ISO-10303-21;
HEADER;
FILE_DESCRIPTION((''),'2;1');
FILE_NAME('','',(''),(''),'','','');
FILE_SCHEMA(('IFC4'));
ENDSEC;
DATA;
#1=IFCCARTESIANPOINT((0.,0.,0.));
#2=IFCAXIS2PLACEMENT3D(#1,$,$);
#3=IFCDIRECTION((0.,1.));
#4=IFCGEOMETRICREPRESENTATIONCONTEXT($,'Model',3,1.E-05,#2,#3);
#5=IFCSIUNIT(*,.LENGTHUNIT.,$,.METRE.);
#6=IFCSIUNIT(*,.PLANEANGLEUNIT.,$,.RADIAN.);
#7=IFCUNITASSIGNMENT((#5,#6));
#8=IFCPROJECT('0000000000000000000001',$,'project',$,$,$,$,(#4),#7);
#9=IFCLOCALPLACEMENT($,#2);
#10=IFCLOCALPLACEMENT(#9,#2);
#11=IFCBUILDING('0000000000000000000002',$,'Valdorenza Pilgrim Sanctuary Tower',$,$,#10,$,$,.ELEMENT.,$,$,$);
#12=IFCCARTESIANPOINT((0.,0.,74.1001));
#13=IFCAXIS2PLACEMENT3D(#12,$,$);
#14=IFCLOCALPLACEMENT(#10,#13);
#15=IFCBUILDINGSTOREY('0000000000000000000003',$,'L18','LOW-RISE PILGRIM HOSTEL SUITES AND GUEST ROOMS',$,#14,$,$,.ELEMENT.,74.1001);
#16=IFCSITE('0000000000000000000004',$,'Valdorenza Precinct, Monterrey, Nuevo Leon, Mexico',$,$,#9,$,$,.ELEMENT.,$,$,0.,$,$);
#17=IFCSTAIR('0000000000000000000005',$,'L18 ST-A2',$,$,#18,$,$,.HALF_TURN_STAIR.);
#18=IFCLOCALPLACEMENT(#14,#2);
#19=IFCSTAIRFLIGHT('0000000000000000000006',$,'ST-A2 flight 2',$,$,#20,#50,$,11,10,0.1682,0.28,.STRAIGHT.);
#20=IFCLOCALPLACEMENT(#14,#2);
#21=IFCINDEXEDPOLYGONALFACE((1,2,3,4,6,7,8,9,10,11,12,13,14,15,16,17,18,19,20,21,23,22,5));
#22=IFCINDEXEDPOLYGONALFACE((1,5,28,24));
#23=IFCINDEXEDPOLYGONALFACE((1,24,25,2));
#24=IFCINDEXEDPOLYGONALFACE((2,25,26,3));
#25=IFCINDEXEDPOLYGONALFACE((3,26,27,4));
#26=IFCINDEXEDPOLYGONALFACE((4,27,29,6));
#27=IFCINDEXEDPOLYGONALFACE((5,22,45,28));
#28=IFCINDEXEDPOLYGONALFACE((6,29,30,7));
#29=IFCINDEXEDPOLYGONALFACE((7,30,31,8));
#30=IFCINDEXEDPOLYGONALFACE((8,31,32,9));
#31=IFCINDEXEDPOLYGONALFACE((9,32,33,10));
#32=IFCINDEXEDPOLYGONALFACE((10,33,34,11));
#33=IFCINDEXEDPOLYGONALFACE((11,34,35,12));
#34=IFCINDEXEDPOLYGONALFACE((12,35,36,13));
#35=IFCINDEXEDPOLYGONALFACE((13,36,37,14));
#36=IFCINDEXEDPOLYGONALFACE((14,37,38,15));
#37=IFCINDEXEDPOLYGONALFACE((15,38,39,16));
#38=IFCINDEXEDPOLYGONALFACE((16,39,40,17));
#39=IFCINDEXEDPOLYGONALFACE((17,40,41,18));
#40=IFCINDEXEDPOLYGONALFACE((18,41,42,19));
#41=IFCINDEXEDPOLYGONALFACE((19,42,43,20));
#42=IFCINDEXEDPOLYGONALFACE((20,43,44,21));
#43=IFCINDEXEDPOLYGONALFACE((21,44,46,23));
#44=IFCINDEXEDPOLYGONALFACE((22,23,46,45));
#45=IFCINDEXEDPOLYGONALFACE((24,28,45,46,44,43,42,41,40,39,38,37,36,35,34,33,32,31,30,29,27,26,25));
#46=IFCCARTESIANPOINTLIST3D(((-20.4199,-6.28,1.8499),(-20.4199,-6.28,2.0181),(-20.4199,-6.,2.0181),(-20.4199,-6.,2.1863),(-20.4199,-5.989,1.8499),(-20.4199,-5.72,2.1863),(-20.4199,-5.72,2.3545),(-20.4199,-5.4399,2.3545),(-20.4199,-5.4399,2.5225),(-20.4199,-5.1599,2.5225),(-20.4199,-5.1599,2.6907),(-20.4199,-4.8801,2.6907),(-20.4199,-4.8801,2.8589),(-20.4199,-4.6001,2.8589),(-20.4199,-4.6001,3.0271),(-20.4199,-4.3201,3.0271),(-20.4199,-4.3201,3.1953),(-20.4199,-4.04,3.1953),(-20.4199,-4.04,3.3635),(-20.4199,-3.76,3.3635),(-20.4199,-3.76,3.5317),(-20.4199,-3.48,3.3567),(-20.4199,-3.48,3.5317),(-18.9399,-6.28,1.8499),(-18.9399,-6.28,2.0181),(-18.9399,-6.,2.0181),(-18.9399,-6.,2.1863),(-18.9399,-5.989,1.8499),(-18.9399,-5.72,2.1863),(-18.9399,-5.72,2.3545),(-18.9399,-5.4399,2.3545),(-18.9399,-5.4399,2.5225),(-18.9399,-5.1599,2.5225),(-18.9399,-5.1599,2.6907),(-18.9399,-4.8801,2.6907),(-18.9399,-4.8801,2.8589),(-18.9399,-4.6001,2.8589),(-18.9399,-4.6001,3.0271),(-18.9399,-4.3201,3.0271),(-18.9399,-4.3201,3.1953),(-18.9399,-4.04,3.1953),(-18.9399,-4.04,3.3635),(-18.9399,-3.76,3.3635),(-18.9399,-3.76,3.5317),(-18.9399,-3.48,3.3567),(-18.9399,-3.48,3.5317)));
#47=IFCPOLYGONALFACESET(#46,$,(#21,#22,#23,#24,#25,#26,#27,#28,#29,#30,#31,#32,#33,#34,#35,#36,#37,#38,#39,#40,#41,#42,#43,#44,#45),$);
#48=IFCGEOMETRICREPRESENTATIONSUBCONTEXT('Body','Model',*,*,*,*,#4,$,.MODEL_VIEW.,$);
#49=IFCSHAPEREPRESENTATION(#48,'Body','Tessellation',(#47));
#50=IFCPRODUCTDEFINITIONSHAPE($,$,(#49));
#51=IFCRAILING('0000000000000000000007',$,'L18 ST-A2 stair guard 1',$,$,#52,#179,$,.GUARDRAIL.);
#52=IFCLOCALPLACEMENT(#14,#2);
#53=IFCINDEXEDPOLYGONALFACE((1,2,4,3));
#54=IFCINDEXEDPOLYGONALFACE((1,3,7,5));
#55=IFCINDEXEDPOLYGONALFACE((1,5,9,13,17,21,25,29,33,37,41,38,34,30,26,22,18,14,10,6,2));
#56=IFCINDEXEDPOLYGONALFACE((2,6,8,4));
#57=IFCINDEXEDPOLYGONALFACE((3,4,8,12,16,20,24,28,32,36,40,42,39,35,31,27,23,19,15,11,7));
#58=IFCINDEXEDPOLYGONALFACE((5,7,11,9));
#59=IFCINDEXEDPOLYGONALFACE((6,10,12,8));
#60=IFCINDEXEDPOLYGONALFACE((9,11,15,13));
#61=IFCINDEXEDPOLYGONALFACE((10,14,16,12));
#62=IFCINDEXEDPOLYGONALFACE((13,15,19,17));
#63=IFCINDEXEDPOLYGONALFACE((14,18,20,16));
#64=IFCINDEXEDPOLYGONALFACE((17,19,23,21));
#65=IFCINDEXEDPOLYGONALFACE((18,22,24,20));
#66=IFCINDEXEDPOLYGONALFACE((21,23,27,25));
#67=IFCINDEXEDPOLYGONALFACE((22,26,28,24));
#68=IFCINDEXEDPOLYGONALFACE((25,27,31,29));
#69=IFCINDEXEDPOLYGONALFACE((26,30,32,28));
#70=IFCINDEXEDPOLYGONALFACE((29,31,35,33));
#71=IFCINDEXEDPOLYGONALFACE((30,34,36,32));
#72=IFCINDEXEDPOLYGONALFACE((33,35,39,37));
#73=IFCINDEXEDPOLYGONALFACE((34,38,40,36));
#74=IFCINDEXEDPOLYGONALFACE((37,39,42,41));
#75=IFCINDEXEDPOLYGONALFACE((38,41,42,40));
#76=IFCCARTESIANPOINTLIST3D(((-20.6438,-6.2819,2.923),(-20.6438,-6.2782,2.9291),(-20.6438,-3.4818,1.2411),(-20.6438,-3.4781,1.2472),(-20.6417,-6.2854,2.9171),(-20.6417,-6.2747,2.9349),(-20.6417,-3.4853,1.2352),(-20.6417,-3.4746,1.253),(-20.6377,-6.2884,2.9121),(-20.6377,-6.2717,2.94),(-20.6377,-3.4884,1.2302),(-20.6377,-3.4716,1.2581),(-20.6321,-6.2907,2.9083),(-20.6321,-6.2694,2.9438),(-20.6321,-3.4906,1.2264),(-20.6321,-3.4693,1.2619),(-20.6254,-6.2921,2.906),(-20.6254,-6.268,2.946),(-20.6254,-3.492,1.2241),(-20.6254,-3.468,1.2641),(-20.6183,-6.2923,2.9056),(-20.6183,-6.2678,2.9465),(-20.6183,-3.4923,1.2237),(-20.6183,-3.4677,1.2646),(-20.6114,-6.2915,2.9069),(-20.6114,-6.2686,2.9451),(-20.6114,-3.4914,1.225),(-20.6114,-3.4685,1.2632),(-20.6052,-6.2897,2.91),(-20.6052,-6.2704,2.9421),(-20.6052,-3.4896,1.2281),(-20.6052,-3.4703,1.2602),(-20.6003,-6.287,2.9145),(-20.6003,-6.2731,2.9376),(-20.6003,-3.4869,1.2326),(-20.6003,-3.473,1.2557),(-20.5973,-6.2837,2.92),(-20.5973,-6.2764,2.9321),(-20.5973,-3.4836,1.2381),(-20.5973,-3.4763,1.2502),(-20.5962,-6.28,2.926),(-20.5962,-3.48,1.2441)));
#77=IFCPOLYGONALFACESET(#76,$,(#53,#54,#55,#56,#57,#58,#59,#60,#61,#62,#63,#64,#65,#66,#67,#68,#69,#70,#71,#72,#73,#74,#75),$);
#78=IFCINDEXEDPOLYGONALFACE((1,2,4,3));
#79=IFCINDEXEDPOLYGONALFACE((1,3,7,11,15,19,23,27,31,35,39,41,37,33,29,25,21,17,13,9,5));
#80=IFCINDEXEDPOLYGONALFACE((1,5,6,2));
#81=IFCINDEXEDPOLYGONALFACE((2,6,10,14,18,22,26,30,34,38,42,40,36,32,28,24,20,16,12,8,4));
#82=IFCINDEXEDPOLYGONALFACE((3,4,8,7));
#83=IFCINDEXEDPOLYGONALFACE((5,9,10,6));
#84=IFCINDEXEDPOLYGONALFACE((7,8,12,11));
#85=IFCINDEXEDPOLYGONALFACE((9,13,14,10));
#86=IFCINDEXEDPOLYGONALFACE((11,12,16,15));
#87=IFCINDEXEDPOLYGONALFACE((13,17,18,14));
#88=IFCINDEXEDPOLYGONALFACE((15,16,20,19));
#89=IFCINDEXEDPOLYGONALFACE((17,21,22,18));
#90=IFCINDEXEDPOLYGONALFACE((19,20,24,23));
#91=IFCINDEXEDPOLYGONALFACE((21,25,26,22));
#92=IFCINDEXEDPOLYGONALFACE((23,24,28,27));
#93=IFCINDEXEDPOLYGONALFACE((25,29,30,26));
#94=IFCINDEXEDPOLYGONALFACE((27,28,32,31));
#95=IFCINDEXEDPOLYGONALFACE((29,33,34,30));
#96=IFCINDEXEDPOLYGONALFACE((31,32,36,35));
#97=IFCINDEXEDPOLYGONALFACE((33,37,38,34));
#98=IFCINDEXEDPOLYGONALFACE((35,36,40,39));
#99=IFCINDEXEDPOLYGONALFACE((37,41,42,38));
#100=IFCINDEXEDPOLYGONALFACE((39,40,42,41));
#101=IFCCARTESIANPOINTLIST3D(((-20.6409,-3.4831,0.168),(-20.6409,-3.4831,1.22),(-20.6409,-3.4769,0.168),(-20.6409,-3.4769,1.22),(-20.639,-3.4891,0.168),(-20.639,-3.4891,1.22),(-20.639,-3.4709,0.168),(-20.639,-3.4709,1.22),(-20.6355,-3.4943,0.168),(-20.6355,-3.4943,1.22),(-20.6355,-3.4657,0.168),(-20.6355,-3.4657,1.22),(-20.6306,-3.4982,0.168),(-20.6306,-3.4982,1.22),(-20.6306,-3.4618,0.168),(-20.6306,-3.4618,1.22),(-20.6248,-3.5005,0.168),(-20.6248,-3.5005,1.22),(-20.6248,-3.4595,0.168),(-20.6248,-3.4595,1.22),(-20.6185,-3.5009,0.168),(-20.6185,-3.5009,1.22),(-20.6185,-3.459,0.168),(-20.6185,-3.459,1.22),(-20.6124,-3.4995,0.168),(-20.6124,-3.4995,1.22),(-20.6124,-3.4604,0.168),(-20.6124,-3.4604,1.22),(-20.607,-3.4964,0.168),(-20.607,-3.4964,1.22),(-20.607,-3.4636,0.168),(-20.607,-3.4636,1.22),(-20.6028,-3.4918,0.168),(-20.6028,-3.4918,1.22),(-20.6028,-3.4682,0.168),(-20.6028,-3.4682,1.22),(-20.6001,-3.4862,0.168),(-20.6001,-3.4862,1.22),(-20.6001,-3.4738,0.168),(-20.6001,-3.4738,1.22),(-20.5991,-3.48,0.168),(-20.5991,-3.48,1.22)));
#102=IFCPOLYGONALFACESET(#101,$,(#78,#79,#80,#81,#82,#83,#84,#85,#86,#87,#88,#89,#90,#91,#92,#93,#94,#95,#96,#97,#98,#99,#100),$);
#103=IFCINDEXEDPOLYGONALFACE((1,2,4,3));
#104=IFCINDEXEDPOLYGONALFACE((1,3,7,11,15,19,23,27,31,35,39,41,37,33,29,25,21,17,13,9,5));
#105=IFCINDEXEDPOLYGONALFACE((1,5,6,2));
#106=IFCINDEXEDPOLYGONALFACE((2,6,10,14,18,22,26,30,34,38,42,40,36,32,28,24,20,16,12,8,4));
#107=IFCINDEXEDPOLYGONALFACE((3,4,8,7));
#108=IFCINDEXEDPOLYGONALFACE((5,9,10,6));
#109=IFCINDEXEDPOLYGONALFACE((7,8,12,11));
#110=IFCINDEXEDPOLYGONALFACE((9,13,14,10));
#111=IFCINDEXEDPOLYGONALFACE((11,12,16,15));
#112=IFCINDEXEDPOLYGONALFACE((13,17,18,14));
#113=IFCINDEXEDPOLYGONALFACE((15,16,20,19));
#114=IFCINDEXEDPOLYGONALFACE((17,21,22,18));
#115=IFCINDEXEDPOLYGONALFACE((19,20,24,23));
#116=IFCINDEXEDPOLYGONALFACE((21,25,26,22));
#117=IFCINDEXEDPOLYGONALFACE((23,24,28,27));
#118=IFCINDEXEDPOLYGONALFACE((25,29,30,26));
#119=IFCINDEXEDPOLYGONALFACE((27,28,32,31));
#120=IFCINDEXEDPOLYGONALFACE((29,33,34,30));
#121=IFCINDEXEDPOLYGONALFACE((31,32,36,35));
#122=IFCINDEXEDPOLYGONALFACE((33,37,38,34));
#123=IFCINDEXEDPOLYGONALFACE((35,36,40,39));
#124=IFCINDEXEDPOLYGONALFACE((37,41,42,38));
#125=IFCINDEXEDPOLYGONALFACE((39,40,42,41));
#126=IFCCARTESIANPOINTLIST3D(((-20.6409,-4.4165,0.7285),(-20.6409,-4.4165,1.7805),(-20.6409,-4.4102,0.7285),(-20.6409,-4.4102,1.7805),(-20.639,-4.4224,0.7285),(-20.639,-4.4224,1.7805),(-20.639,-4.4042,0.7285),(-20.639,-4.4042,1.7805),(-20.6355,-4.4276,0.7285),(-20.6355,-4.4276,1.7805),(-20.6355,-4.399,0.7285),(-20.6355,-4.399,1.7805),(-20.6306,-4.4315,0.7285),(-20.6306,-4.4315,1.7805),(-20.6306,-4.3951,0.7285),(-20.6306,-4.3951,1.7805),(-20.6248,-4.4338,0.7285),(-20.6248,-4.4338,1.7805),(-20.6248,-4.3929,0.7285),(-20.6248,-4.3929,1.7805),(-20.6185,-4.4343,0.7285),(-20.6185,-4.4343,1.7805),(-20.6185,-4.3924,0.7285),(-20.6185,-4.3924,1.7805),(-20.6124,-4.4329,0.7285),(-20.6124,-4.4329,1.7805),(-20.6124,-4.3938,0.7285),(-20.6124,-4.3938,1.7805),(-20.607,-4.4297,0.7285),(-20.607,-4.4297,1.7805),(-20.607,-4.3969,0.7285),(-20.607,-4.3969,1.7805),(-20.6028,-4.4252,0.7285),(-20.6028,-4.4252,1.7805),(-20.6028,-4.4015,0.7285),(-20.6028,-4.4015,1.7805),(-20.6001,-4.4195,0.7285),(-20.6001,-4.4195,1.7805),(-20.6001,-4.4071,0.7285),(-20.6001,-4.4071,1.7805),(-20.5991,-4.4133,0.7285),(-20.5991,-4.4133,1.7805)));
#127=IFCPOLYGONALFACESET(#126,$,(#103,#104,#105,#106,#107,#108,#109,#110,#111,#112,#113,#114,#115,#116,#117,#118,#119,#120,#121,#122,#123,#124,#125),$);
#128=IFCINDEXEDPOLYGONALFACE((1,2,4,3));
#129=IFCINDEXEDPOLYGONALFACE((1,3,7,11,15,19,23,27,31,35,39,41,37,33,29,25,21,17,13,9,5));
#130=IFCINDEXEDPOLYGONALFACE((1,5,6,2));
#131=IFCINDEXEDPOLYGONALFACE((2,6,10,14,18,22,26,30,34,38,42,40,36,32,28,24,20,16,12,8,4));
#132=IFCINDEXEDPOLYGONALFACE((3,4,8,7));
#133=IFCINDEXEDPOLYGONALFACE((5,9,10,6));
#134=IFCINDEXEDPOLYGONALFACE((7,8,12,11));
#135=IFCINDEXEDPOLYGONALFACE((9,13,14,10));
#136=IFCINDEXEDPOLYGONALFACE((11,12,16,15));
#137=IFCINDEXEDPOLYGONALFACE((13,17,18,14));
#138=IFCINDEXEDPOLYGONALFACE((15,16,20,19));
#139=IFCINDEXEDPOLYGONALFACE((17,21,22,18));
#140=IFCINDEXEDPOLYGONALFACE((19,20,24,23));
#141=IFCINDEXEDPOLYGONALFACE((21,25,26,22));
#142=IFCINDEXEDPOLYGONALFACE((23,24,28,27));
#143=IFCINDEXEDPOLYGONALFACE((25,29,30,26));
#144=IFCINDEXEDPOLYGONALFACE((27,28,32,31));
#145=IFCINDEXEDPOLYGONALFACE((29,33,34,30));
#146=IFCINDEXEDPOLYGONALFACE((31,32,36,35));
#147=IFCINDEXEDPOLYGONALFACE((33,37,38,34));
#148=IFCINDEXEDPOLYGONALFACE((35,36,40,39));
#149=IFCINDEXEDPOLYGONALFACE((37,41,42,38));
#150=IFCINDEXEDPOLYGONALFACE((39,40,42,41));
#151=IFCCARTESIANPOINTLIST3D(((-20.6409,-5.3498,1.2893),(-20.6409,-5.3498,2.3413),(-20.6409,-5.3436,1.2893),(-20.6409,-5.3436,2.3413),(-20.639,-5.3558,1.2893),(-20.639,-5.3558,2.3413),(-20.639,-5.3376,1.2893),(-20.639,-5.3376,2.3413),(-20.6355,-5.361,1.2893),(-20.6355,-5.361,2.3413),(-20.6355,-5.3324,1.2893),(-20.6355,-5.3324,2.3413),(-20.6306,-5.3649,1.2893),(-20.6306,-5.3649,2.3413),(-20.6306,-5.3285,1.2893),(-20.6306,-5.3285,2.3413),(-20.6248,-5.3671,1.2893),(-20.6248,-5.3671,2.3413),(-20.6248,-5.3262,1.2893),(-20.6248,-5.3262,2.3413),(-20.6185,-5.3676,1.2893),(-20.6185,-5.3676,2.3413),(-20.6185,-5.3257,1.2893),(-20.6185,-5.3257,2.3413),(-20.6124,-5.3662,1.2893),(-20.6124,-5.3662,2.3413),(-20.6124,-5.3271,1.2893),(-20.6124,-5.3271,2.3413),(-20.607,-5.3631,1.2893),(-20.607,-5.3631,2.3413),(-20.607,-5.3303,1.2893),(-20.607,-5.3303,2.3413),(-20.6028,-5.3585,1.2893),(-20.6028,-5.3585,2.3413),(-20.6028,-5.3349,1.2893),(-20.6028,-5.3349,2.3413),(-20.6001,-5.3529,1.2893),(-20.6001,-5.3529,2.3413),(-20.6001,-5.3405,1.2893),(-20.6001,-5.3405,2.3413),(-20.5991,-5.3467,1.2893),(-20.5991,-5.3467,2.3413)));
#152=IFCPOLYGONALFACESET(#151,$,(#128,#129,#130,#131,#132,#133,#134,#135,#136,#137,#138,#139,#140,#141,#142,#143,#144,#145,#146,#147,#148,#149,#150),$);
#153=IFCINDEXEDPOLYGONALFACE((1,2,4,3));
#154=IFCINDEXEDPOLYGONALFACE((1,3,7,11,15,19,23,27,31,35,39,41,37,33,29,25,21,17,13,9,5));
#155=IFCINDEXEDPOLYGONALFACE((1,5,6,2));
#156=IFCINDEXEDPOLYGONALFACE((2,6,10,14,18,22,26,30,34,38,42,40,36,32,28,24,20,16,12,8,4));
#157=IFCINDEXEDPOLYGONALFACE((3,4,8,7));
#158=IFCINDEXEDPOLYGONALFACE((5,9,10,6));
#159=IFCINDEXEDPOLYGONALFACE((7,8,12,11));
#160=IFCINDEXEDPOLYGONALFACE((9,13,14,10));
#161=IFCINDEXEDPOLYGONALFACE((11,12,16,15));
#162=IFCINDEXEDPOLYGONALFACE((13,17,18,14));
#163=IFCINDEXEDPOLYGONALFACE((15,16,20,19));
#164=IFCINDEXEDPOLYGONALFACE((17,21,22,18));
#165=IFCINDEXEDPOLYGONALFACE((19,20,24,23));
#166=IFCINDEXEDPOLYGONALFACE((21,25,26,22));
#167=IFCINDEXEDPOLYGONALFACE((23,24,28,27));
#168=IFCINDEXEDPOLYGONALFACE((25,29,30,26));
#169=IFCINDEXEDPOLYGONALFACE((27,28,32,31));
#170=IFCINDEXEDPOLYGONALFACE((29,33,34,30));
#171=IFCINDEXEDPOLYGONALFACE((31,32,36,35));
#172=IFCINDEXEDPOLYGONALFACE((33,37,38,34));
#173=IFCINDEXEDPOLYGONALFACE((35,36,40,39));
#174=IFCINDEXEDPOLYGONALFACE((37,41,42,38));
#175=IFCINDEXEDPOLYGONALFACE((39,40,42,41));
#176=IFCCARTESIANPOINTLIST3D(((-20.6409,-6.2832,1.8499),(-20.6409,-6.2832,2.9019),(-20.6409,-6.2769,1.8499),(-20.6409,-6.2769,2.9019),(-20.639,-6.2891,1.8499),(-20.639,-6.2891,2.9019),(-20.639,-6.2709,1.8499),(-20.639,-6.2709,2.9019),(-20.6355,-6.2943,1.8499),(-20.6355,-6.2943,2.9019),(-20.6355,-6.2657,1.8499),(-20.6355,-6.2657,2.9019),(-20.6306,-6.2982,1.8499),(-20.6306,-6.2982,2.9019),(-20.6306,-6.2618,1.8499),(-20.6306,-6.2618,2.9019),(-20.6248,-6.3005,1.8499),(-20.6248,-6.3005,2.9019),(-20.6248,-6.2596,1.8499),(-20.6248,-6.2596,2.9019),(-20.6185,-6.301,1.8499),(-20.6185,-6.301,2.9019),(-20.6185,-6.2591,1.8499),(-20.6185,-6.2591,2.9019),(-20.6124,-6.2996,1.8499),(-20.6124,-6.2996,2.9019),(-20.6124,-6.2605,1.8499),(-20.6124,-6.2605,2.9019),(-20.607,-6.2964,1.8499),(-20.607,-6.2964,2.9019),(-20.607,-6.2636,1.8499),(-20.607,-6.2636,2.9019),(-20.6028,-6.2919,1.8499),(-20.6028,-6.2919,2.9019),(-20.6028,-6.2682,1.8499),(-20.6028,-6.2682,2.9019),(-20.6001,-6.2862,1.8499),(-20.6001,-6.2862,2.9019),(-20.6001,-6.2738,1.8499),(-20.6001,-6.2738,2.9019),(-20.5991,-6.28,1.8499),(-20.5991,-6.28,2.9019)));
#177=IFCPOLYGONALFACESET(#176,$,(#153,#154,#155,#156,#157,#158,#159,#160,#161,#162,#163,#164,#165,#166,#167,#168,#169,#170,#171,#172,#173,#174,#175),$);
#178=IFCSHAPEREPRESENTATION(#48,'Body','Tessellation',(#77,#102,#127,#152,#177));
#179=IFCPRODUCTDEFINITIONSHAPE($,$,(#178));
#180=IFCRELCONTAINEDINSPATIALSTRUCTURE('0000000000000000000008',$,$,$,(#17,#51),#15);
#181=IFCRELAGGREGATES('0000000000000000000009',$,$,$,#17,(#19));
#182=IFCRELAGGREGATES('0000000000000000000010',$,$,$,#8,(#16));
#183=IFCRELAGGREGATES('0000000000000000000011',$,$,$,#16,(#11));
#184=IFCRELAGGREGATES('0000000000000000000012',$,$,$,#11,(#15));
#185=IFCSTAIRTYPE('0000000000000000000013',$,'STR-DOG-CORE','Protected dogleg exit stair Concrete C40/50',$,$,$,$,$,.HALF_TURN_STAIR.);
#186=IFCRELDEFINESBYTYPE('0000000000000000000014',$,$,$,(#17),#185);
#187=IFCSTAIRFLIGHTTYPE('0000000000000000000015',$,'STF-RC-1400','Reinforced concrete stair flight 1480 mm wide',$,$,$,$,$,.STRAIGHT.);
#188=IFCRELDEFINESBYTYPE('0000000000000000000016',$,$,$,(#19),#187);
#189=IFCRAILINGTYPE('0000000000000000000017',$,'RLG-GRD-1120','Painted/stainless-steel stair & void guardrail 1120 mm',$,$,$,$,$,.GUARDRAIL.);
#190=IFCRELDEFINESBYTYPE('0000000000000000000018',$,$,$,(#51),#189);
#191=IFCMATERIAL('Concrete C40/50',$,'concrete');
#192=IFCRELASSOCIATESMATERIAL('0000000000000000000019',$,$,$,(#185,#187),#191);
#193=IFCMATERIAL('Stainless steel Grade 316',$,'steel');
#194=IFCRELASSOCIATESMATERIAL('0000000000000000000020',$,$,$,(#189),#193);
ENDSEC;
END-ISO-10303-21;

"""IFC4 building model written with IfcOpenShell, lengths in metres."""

from ifc_helpers import new_model, si_unit, direction, frame, origin, origin_2d, place, context, subcontext, project, spatial, polyline, circle, outline, extrude, material, type_object, element, aggregate, save


model = new_model("IFC4")

# Units and contexts
model_context = context("Model", 3, precision=1e-05, world=origin(), true_north=direction((0.0, 1.0)))
body_context = subcontext(model_context, "Body", "Model", "MODEL_VIEW")
ifc_project = project(units=[si_unit("LENGTHUNIT", "METRE"), si_unit("PLANEANGLEUNIT", "RADIAN")], contexts=[model_context])

# Site, building, storey
site_placement = place(None, origin())
site = spatial("IfcSite", under=ifc_project, at=site_placement, Name="Valdorenza Precinct, Monterrey, Nuevo Leon, Mexico", CompositionType="ELEMENT", RefElevation=0.0)
building_placement = place(site_placement, origin())
building = spatial("IfcBuilding", under=site, at=building_placement, Name="Valdorenza Pilgrim Sanctuary Tower", CompositionType="ELEMENT")
storey_placement = place(building_placement, frame((0.0, 0.0, 74.1001)))
storey = spatial("IfcBuildingStorey", under=building, at=storey_placement, Name="L18", Description="LOW-RISE PILGRIM HOSTEL SUITES AND GUEST ROOMS", CompositionType="ELEMENT", Elevation=74.1001)

# Shared definitions
ifc_material_1 = material(Name="Concrete C40/50", Category="concrete")

# Stair, stair flight
stair_type = type_object("IfcStairType", Name="STR-DOG-CORE", Description="Protected dogleg exit stair Concrete C40/50", PredefinedType="HALF_TURN_STAIR", material=ifc_material_1)
stair_placement = place(storey_placement, origin())
stair = element("IfcStair", 1, at=stair_placement, inside=storey, type_object=stair_type, Name="L18 ST-A2", PredefinedType="HALF_TURN_STAIR")
stair_flight_type = type_object("IfcStairFlightType", Name="STF-RC-1400", Description="Reinforced concrete stair flight 1480 mm wide", PredefinedType="STRAIGHT", material=ifc_material_1)
stair_flight_1_placement = place(storey_placement, frame((-19.6799, -6.28, 1.8499), z_axis=(0.0, 0.0, 1.0), x_axis=(0.0, 1.0, 0.0)))
stair_flight_1 = element("IfcStairFlight", 2, at=stair_flight_1_placement, type_object=stair_flight_type, Name="ST-A2 flight 2", NumberOfRisers=11, NumberOfTreads=10, PredefinedType="STRAIGHT", RiserHeight=0.1682, TreadLength=0.28, context=body_context, shape_type="SweptSolid", body=[
    extrude(outline(polyline([(0.0, 0.0), (0.0, 0.1682), (0.28, 0.1682), (0.28, 0.3364), (0.5601, 0.3364), (0.5601, 0.5046), (0.8401, 0.5046), (0.8401, 0.6726), (1.1201, 0.6726), (1.1201, 0.8408), (1.3999, 0.8408), (1.3999, 1.009), (1.6799, 1.009), (1.6799, 1.1772), (1.96, 1.1772), (1.96, 1.3455), (2.24, 1.3455), (2.24, 1.5137), (2.52, 1.5137), (2.52, 1.6819), (2.8, 1.6819), (2.8, 1.8501), (2.8, 1.5068), (0.291, 0.0), (0.0, 0.0)])), frame((0.0, 0.74, 0.0), z_axis=(0.0, -1.0, 0.0), x_axis=(1.0, 0.0, 0.0)), (0.0, 0.0, 1.0), 1.48),
])
aggregate(stair, [stair_flight_1])

# Railing
ifc_material_2 = material(Name="Stainless steel Grade 316", Category="steel")
railing_type_1 = type_object("IfcRailingType", Name="RLG-GRD-1120", Description="Painted/stainless-steel stair & void guardrail 1120 mm", PredefinedType="GUARDRAIL", material=ifc_material_2)
railing_1_placement = place(storey_placement, frame((-20.6201, -3.48, 0.168)))
element("IfcRailing", 3, at=railing_1_placement, inside=storey, type_object=railing_type_1, Name="L18 ST-A2 stair guard 1", PredefinedType="GUARDRAIL", context=body_context, shape_type="SweptSolid", body=[
    extrude(circle(Radius=0.0239, at=origin_2d()), frame((0.0, 0.0, 1.0762), z_axis=(0.0, -0.857242, 0.514913), x_axis=(1.0, 0.0, 0.0)), (0.0, 0.0, 1.0), 3.2664),
    extrude(circle(Radius=0.021, at=origin_2d()), origin(), (0.0, 0.0, 1.0), 1.052),
    extrude(circle(Radius=0.021, at=origin_2d()), frame((0.0, -0.9333, 0.5605)), (0.0, 0.0, 1.0), 1.052),
    extrude(circle(Radius=0.021, at=origin_2d()), frame((0.0, -1.8667, 1.1213)), (0.0, 0.0, 1.0), 1.052),
    extrude(circle(Radius=0.021, at=origin_2d()), frame((0.0, -2.8, 1.6819)), (0.0, 0.0, 1.0), 1.052),
])

save(model, "model.ifc")
